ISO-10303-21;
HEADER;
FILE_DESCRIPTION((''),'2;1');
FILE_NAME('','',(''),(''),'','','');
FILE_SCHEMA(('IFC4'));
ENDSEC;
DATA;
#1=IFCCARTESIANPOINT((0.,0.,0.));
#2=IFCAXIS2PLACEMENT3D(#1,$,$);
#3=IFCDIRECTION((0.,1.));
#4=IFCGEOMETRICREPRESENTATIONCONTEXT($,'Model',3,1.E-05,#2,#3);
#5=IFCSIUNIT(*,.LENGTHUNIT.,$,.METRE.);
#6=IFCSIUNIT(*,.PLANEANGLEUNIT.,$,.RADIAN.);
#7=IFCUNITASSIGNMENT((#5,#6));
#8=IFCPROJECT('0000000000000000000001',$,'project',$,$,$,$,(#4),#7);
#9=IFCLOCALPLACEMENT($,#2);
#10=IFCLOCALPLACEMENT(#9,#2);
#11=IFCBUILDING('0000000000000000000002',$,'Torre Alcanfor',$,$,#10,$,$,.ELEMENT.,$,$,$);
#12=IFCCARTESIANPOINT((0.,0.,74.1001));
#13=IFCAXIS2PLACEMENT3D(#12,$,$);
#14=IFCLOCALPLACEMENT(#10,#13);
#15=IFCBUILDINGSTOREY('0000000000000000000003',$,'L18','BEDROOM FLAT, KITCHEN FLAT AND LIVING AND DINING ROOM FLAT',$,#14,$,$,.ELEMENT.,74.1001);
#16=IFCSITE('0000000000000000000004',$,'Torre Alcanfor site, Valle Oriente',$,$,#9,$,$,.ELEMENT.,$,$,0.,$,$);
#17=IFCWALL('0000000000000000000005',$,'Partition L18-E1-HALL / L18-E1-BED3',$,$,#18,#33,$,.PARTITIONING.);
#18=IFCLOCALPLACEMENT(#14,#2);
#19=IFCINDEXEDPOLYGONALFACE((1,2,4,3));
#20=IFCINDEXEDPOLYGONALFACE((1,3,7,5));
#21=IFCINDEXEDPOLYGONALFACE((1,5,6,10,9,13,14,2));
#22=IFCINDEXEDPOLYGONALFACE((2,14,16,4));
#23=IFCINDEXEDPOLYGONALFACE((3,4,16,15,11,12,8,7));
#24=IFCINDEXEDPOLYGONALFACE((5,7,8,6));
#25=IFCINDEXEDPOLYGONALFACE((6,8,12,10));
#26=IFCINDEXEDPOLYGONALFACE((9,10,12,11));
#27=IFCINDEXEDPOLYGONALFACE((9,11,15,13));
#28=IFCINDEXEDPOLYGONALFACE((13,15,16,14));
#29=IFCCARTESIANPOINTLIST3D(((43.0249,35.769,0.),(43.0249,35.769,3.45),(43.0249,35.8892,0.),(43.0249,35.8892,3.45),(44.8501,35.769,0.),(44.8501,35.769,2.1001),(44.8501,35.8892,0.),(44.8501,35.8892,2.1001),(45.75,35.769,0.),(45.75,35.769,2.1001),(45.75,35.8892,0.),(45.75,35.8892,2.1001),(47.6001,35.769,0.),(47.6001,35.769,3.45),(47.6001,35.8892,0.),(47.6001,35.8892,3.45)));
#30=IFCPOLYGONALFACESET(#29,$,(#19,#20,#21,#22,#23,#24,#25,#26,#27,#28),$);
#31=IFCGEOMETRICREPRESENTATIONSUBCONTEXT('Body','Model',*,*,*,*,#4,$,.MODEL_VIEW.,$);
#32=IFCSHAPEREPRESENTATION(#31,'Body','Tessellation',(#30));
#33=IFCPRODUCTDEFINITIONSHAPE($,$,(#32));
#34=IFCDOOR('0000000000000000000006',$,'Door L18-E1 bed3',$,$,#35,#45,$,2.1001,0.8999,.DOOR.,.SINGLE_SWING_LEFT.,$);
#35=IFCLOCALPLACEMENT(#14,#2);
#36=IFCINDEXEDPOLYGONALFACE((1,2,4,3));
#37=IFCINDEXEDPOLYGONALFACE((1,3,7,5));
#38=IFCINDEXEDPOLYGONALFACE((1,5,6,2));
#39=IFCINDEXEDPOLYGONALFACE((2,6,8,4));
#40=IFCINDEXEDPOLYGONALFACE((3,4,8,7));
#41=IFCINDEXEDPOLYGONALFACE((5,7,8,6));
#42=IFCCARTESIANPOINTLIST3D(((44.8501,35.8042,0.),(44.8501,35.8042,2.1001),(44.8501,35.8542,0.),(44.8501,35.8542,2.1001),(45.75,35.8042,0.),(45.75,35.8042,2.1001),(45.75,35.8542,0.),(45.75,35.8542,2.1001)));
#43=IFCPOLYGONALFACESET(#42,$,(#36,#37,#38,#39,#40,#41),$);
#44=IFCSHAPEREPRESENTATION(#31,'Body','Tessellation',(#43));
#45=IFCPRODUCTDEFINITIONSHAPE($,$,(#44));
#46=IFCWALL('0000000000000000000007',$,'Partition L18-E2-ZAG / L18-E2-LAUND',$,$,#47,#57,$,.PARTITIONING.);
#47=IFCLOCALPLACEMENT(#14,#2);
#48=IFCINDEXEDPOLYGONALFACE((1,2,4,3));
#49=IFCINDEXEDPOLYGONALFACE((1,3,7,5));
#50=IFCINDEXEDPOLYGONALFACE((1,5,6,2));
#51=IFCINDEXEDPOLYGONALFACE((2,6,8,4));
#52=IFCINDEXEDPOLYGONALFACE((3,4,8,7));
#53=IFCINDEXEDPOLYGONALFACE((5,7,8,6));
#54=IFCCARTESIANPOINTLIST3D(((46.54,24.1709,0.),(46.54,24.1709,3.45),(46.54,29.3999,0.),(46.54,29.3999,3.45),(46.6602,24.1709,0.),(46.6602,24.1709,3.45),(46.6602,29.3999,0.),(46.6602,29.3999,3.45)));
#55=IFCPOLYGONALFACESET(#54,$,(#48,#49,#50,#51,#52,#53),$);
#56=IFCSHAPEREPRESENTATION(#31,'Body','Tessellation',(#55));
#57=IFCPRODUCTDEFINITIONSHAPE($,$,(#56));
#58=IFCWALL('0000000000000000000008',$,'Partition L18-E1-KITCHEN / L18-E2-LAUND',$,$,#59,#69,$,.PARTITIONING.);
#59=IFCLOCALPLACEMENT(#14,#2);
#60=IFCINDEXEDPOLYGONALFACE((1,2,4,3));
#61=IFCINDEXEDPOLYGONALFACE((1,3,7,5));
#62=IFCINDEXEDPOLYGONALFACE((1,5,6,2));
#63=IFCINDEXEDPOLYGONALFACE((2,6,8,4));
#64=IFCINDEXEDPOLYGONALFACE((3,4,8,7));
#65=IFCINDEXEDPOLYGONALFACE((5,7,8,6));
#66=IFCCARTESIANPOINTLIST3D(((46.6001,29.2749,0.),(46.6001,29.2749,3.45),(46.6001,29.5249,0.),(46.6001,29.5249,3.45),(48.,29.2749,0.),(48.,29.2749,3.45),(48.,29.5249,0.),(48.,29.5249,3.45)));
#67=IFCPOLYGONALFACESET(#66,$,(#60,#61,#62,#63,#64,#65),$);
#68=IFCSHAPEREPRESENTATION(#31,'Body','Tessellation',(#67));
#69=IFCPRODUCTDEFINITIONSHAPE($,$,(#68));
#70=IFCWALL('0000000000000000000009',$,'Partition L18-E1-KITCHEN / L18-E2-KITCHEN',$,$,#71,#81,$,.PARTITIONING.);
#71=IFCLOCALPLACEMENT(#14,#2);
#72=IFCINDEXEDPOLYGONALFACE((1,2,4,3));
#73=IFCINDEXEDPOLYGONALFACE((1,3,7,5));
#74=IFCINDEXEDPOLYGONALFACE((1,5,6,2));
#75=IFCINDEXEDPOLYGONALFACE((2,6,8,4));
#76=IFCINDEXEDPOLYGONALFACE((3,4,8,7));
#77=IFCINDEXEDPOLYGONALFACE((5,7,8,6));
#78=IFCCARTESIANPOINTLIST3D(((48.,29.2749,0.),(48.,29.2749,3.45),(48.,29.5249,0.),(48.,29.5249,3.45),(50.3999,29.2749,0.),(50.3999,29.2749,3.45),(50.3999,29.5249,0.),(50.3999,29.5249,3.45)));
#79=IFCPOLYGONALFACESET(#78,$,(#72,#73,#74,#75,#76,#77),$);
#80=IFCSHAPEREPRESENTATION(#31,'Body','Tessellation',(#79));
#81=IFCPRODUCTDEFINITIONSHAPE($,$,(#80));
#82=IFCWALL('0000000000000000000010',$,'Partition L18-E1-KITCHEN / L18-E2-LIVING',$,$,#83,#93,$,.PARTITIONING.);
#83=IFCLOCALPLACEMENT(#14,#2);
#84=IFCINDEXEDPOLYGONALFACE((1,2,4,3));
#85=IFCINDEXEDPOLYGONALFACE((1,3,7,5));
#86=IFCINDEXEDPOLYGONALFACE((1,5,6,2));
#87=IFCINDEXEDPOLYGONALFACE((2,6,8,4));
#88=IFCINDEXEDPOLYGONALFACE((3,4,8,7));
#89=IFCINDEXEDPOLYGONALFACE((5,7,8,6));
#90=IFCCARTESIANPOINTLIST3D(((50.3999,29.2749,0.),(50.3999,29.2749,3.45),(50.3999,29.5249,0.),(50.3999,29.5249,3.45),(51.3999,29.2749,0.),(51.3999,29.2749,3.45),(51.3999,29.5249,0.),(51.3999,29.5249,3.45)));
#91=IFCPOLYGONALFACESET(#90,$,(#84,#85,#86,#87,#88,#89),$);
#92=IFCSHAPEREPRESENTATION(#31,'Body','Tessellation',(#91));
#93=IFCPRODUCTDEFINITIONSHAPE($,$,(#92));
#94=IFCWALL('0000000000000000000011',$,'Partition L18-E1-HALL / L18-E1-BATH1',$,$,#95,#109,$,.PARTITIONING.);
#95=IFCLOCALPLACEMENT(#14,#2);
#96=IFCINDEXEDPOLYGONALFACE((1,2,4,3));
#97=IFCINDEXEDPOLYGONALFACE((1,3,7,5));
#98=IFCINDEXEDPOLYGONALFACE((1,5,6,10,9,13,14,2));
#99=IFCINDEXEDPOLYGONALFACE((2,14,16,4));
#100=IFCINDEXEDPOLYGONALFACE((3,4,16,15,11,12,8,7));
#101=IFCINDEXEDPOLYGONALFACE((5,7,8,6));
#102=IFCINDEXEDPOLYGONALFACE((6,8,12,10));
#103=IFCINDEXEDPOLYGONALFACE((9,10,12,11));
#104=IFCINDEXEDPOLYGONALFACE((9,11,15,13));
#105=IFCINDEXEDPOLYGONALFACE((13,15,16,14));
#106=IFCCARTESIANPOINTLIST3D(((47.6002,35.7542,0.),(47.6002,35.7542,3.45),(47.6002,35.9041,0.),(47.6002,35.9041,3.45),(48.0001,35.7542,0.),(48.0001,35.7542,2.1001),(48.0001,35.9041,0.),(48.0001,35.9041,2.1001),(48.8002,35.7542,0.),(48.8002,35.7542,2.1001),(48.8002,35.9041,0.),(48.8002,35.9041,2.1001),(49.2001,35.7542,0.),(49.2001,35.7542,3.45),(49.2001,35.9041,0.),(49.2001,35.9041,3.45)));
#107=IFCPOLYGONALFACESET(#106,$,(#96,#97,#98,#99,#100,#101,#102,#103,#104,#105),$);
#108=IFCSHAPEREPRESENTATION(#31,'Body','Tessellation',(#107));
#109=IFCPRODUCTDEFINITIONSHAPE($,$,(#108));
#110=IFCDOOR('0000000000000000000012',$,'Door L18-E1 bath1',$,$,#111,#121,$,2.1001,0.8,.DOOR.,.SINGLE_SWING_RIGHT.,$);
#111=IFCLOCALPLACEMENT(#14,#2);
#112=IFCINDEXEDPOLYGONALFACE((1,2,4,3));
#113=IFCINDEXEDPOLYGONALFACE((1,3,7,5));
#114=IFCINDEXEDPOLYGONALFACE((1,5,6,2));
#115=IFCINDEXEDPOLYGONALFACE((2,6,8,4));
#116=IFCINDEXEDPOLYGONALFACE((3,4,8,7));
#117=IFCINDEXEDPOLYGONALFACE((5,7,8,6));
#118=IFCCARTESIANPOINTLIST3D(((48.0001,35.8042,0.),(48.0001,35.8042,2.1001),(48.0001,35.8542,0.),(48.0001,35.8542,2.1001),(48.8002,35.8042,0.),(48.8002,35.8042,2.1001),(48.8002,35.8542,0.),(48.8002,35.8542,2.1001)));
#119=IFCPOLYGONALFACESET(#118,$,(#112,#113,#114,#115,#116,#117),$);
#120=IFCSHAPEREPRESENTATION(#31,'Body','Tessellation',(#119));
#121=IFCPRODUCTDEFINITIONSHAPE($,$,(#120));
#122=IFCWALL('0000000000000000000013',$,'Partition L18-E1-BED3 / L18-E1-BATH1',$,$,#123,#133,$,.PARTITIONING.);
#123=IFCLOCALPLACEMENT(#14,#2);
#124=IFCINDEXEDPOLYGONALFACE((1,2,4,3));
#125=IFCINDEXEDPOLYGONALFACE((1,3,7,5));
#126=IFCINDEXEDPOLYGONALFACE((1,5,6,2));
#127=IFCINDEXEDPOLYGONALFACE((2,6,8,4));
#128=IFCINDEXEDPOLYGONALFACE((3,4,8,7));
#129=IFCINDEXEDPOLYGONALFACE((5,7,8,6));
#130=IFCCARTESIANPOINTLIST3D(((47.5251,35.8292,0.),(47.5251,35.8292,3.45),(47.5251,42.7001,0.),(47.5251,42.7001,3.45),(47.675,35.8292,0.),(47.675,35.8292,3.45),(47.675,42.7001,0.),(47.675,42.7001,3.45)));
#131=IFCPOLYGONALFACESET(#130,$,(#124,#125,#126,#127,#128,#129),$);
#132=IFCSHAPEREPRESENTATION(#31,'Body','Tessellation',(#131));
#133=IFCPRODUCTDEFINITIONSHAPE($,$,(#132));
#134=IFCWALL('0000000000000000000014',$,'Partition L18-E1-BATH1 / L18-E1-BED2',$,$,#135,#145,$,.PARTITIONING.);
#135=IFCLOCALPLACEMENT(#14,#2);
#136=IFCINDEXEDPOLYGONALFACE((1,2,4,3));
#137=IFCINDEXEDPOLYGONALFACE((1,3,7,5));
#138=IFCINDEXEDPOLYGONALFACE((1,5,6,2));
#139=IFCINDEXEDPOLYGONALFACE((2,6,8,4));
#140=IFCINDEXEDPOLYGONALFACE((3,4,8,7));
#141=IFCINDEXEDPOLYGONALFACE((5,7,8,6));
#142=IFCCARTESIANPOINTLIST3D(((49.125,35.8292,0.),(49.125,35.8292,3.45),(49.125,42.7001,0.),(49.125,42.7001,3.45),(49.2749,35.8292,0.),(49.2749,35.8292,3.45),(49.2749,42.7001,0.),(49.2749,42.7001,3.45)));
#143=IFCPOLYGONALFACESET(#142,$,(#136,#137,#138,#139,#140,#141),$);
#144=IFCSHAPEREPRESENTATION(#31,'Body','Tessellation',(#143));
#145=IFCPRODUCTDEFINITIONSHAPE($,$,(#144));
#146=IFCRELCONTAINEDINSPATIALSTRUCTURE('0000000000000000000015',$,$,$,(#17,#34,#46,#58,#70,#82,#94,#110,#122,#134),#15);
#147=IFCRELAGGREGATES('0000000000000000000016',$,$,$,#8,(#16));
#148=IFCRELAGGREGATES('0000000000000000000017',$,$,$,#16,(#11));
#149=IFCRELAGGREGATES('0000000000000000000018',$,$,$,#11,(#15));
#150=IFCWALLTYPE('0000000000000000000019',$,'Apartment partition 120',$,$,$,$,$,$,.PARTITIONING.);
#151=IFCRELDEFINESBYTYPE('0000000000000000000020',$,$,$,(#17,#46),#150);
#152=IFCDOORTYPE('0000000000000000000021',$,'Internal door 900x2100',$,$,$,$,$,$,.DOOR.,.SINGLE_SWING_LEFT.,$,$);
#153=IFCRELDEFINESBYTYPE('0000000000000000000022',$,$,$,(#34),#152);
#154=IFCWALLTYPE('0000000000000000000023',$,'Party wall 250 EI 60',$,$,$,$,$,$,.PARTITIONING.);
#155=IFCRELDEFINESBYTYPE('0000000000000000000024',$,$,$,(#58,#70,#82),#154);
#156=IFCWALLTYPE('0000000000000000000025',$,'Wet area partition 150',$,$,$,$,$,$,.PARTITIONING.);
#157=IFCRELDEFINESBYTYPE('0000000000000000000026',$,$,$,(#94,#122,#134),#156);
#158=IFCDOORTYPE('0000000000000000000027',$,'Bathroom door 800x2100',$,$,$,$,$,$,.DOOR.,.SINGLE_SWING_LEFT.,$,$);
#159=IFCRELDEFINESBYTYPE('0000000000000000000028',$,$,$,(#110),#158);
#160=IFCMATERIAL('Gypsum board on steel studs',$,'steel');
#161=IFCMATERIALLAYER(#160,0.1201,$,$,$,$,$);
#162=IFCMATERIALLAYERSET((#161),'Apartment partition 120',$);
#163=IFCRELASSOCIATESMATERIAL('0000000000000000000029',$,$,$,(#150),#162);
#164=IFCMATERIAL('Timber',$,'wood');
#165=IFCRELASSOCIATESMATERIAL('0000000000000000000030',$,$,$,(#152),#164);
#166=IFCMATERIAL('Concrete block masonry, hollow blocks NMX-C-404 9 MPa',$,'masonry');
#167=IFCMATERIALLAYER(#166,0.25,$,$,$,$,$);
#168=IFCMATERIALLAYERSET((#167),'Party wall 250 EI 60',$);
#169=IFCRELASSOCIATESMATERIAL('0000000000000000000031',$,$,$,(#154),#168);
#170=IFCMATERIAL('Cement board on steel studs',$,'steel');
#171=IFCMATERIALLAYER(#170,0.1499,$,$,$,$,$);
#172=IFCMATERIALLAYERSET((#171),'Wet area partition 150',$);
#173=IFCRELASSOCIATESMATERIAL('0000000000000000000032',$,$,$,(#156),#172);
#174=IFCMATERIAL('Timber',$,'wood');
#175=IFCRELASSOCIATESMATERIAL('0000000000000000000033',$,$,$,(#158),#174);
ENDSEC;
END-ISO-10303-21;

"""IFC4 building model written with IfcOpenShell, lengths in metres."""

from ifc_helpers import new_model, si_unit, direction, frame, frame_2d, origin, place, context, subcontext, project, spatial, rectangle, extrude, material, layer, layer_set, type_object, element, fill, save


model = new_model("IFC4")

# Units and contexts
model_context = context("Model", 3, precision=1e-05, world=origin(), true_north=direction((0.0, 1.0)))
body_context = subcontext(model_context, "Body", "Model", "MODEL_VIEW")
ifc_project = project(units=[si_unit("LENGTHUNIT", "METRE"), si_unit("PLANEANGLEUNIT", "RADIAN")], contexts=[model_context])

# Site, building, storey
site_placement = place(None, origin())
site = spatial("IfcSite", under=ifc_project, at=site_placement, Name="Torre Alcanfor site, Valle Oriente", CompositionType="ELEMENT", RefElevation=0.0)
building_placement = place(site_placement, origin())
building = spatial("IfcBuilding", under=site, at=building_placement, Name="Torre Alcanfor", CompositionType="ELEMENT")
storey_placement = place(building_placement, frame((0.0, 0.0, 74.1001)))
storey = spatial("IfcBuildingStorey", under=building, at=storey_placement, Name="L18", Description="BEDROOM FLAT, KITCHEN FLAT AND LIVING AND DINING ROOM FLAT", CompositionType="ELEMENT", Elevation=74.1001)

# Wall, opening, door
ifc_material_1 = material(Name="Gypsum board on steel studs", Category="steel")
ifc_layer_1 = layer(ifc_material_1, 0.1201)
ifc_layer_set_1 = layer_set([ifc_layer_1], Name="Apartment partition 120")
wall_type_1 = type_object("IfcWallType", Name="Apartment partition 120", PredefinedType="PARTITIONING", material=ifc_layer_set_1)
wall_1_placement = place(storey_placement, frame((47.6001, 35.8291, 0.0), z_axis=(0.0, 0.0, 1.0), x_axis=(-1.0, 0.0, 0.0)))
wall_1 = element("IfcWall", 1, at=wall_1_placement, inside=storey, type_object=wall_type_1, Name="Partition L18-E1-HALL / L18-E1-BED3", PredefinedType="PARTITIONING", context=body_context, shape_type="SweptSolid", body=[
    extrude(rectangle(XDim=4.5752, YDim=0.1201, at=frame_2d((2.2876, 0.0))), origin(), (0.0, 0.0, 1.0), 3.45),
])
opening_1_placement = place(wall_1_placement, frame((1.8501, 0.0, 0.0)))
opening_1 = element("IfcOpeningElement", 2, at=opening_1_placement, cuts=wall_1, PredefinedType="OPENING", context=body_context, shape_type="SweptSolid", body=[
    extrude(rectangle(XDim=0.8999, YDim=2.1001, at=frame_2d((0.45, 1.05))), frame((0.0, 0.0701, 0.0), z_axis=(0.0, -1.0, 0.0), x_axis=(1.0, 0.0, 0.0)), (0.0, 0.0, 1.0), 0.1401),
])
ifc_material_2 = material(Name="Timber", Category="wood")
door_type_1 = type_object("IfcDoorType", Name="Internal door 900x2100", OperationType="SINGLE_SWING_LEFT", PredefinedType="DOOR", material=ifc_material_2)
door_1_placement = place(opening_1_placement, frame((0.8999, 0.0, 0.0), z_axis=(0.0, 0.0, 1.0), x_axis=(-1.0, 0.0, 0.0)))
door_1 = element("IfcDoor", 3, at=door_1_placement, inside=storey, type_object=door_type_1, Name="Door L18-E1 bed3", OperationType="SINGLE_SWING_LEFT", OverallHeight=2.1001, OverallWidth=0.8999, PredefinedType="DOOR", context=body_context, shape_type="SweptSolid", body=[
    extrude(rectangle(XDim=0.8999, YDim=2.1001, at=frame_2d((0.45, 1.05))), frame((0.0, 0.0251, 0.0), z_axis=(0.0, -1.0, 0.0), x_axis=(1.0, 0.0, 0.0)), (0.0, 0.0, 1.0), 0.05),
])
fill(opening_1, door_1)

# Walls
wall_2_placement = place(storey_placement, frame((46.6001, 29.3999, 0.0), z_axis=(0.0, 0.0, 1.0), x_axis=(0.0, -1.0, 0.0)))
element("IfcWall", 4, at=wall_2_placement, inside=storey, type_object=wall_type_1, Name="Partition L18-E2-ZAG / L18-E2-LAUND", PredefinedType="PARTITIONING", context=body_context, shape_type="SweptSolid", body=[
    extrude(rectangle(XDim=5.229, YDim=0.1201, at=frame_2d((2.6145, 0.0))), origin(), (0.0, 0.0, 1.0), 3.45),
])
ifc_material_3 = material(Name="Concrete block masonry, hollow blocks NMX-C-404 9 MPa", Category="masonry")
ifc_layer_2 = layer(ifc_material_3, 0.25)
ifc_layer_set_2 = layer_set([ifc_layer_2], Name="Party wall 250 EI 60")
wall_type_2 = type_object("IfcWallType", Name="Party wall 250 EI 60", PredefinedType="PARTITIONING", material=ifc_layer_set_2)
wall_3_placement = place(storey_placement, frame((46.6001, 29.3999, 0.0), z_axis=(0.0, 0.0, 1.0), x_axis=(1.0, 0.0, 0.0)))
element("IfcWall", 5, at=wall_3_placement, inside=storey, type_object=wall_type_2, Name="Partition L18-E1-KITCHEN / L18-E2-LAUND", PredefinedType="PARTITIONING", context=body_context, shape_type="SweptSolid", body=[
    extrude(rectangle(XDim=1.3999, YDim=0.25, at=frame_2d((0.7, 0.0))), origin(), (0.0, 0.0, 1.0), 3.45),
])
wall_4_placement = place(storey_placement, frame((48.0, 29.3999, 0.0), z_axis=(0.0, 0.0, 1.0), x_axis=(1.0, 0.0, 0.0)))
element("IfcWall", 6, at=wall_4_placement, inside=storey, type_object=wall_type_2, Name="Partition L18-E1-KITCHEN / L18-E2-KITCHEN", PredefinedType="PARTITIONING", context=body_context, shape_type="SweptSolid", body=[
    extrude(rectangle(XDim=2.3999, YDim=0.25, at=frame_2d((1.2, 0.0))), origin(), (0.0, 0.0, 1.0), 3.45),
])
wall_5_placement = place(storey_placement, frame((50.3999, 29.3999, 0.0), z_axis=(0.0, 0.0, 1.0), x_axis=(1.0, 0.0, 0.0)))
element("IfcWall", 7, at=wall_5_placement, inside=storey, type_object=wall_type_2, Name="Partition L18-E1-KITCHEN / L18-E2-LIVING", PredefinedType="PARTITIONING", context=body_context, shape_type="SweptSolid", body=[
    extrude(rectangle(XDim=1.0, YDim=0.25, at=frame_2d((0.5, 0.0))), origin(), (0.0, 0.0, 1.0), 3.45),
])

# Wall, opening, door
ifc_material_4 = material(Name="Cement board on steel studs", Category="steel")
ifc_layer_3 = layer(ifc_material_4, 0.1499)
ifc_layer_set_3 = layer_set([ifc_layer_3], Name="Wet area partition 150")
wall_type_3 = type_object("IfcWallType", Name="Wet area partition 150", PredefinedType="PARTITIONING", material=ifc_layer_set_3)
wall_6_placement = place(storey_placement, frame((49.2, 35.8291, 0.0), z_axis=(0.0, 0.0, 1.0), x_axis=(-1.0, 0.0, 0.0)))
wall_6 = element("IfcWall", 8, at=wall_6_placement, inside=storey, type_object=wall_type_3, Name="Partition L18-E1-HALL / L18-E1-BATH1", PredefinedType="PARTITIONING", context=body_context, shape_type="SweptSolid", body=[
    extrude(rectangle(XDim=1.5999, YDim=0.1499, at=frame_2d((0.7998, 0.0))), origin(), (0.0, 0.0, 1.0), 3.45),
])
opening_2_placement = place(wall_6_placement, frame((0.3999, 0.0, 0.0)))
opening_2 = element("IfcOpeningElement", 9, at=opening_2_placement, cuts=wall_6, PredefinedType="OPENING", context=body_context, shape_type="SweptSolid", body=[
    extrude(rectangle(XDim=0.8, YDim=2.1001, at=frame_2d((0.3999, 1.05))), frame((0.0, 0.085, 0.0), z_axis=(0.0, -1.0, 0.0), x_axis=(1.0, 0.0, 0.0)), (0.0, 0.0, 1.0), 0.1699),
])
ifc_material_5 = material(Name="Timber", Category="wood")
door_type_2 = type_object("IfcDoorType", Name="Bathroom door 800x2100", OperationType="SINGLE_SWING_LEFT", PredefinedType="DOOR", material=ifc_material_5)
door_2_placement = place(opening_2_placement, frame((0.8, 0.0, 0.0), z_axis=(0.0, 0.0, 1.0), x_axis=(-1.0, 0.0, 0.0)))
door_2 = element("IfcDoor", 10, at=door_2_placement, inside=storey, type_object=door_type_2, Name="Door L18-E1 bath1", OperationType="SINGLE_SWING_RIGHT", OverallHeight=2.1001, OverallWidth=0.8, PredefinedType="DOOR", context=body_context, shape_type="SweptSolid", body=[
    extrude(rectangle(XDim=0.8, YDim=2.1001, at=frame_2d((0.4001, 1.05))), frame((0.0, 0.0251, 0.0), z_axis=(0.0, -1.0, 0.0), x_axis=(1.0, 0.0, 0.0)), (0.0, 0.0, 1.0), 0.05),
])
fill(opening_2, door_2)

# Walls
for number, where, z_axis, x_axis, name in (
    (11, (47.6001, 35.8291, 0.0), (0.0, 0.0, 1.0), (0.0, 1.0, 0.0), "Partition L18-E1-BED3 / L18-E1-BATH1"),
    (12, (49.2, 35.8291, 0.0), (0.0, 0.0, 1.0), (0.0, 1.0, 0.0), "Partition L18-E1-BATH1 / L18-E1-BED2"),
):
    element("IfcWall", number, at=place(storey_placement, frame(where, z_axis=z_axis, x_axis=x_axis)), inside=storey, type_object=wall_type_3, Name=name, PredefinedType="PARTITIONING", context=body_context, shape_type="SweptSolid", body=[
        extrude(rectangle(XDim=6.8708, YDim=0.1499, at=frame_2d((3.4355, 0.0))), origin(), (0.0, 0.0, 1.0), 3.45),
    ])

save(model, "model.ifc")
